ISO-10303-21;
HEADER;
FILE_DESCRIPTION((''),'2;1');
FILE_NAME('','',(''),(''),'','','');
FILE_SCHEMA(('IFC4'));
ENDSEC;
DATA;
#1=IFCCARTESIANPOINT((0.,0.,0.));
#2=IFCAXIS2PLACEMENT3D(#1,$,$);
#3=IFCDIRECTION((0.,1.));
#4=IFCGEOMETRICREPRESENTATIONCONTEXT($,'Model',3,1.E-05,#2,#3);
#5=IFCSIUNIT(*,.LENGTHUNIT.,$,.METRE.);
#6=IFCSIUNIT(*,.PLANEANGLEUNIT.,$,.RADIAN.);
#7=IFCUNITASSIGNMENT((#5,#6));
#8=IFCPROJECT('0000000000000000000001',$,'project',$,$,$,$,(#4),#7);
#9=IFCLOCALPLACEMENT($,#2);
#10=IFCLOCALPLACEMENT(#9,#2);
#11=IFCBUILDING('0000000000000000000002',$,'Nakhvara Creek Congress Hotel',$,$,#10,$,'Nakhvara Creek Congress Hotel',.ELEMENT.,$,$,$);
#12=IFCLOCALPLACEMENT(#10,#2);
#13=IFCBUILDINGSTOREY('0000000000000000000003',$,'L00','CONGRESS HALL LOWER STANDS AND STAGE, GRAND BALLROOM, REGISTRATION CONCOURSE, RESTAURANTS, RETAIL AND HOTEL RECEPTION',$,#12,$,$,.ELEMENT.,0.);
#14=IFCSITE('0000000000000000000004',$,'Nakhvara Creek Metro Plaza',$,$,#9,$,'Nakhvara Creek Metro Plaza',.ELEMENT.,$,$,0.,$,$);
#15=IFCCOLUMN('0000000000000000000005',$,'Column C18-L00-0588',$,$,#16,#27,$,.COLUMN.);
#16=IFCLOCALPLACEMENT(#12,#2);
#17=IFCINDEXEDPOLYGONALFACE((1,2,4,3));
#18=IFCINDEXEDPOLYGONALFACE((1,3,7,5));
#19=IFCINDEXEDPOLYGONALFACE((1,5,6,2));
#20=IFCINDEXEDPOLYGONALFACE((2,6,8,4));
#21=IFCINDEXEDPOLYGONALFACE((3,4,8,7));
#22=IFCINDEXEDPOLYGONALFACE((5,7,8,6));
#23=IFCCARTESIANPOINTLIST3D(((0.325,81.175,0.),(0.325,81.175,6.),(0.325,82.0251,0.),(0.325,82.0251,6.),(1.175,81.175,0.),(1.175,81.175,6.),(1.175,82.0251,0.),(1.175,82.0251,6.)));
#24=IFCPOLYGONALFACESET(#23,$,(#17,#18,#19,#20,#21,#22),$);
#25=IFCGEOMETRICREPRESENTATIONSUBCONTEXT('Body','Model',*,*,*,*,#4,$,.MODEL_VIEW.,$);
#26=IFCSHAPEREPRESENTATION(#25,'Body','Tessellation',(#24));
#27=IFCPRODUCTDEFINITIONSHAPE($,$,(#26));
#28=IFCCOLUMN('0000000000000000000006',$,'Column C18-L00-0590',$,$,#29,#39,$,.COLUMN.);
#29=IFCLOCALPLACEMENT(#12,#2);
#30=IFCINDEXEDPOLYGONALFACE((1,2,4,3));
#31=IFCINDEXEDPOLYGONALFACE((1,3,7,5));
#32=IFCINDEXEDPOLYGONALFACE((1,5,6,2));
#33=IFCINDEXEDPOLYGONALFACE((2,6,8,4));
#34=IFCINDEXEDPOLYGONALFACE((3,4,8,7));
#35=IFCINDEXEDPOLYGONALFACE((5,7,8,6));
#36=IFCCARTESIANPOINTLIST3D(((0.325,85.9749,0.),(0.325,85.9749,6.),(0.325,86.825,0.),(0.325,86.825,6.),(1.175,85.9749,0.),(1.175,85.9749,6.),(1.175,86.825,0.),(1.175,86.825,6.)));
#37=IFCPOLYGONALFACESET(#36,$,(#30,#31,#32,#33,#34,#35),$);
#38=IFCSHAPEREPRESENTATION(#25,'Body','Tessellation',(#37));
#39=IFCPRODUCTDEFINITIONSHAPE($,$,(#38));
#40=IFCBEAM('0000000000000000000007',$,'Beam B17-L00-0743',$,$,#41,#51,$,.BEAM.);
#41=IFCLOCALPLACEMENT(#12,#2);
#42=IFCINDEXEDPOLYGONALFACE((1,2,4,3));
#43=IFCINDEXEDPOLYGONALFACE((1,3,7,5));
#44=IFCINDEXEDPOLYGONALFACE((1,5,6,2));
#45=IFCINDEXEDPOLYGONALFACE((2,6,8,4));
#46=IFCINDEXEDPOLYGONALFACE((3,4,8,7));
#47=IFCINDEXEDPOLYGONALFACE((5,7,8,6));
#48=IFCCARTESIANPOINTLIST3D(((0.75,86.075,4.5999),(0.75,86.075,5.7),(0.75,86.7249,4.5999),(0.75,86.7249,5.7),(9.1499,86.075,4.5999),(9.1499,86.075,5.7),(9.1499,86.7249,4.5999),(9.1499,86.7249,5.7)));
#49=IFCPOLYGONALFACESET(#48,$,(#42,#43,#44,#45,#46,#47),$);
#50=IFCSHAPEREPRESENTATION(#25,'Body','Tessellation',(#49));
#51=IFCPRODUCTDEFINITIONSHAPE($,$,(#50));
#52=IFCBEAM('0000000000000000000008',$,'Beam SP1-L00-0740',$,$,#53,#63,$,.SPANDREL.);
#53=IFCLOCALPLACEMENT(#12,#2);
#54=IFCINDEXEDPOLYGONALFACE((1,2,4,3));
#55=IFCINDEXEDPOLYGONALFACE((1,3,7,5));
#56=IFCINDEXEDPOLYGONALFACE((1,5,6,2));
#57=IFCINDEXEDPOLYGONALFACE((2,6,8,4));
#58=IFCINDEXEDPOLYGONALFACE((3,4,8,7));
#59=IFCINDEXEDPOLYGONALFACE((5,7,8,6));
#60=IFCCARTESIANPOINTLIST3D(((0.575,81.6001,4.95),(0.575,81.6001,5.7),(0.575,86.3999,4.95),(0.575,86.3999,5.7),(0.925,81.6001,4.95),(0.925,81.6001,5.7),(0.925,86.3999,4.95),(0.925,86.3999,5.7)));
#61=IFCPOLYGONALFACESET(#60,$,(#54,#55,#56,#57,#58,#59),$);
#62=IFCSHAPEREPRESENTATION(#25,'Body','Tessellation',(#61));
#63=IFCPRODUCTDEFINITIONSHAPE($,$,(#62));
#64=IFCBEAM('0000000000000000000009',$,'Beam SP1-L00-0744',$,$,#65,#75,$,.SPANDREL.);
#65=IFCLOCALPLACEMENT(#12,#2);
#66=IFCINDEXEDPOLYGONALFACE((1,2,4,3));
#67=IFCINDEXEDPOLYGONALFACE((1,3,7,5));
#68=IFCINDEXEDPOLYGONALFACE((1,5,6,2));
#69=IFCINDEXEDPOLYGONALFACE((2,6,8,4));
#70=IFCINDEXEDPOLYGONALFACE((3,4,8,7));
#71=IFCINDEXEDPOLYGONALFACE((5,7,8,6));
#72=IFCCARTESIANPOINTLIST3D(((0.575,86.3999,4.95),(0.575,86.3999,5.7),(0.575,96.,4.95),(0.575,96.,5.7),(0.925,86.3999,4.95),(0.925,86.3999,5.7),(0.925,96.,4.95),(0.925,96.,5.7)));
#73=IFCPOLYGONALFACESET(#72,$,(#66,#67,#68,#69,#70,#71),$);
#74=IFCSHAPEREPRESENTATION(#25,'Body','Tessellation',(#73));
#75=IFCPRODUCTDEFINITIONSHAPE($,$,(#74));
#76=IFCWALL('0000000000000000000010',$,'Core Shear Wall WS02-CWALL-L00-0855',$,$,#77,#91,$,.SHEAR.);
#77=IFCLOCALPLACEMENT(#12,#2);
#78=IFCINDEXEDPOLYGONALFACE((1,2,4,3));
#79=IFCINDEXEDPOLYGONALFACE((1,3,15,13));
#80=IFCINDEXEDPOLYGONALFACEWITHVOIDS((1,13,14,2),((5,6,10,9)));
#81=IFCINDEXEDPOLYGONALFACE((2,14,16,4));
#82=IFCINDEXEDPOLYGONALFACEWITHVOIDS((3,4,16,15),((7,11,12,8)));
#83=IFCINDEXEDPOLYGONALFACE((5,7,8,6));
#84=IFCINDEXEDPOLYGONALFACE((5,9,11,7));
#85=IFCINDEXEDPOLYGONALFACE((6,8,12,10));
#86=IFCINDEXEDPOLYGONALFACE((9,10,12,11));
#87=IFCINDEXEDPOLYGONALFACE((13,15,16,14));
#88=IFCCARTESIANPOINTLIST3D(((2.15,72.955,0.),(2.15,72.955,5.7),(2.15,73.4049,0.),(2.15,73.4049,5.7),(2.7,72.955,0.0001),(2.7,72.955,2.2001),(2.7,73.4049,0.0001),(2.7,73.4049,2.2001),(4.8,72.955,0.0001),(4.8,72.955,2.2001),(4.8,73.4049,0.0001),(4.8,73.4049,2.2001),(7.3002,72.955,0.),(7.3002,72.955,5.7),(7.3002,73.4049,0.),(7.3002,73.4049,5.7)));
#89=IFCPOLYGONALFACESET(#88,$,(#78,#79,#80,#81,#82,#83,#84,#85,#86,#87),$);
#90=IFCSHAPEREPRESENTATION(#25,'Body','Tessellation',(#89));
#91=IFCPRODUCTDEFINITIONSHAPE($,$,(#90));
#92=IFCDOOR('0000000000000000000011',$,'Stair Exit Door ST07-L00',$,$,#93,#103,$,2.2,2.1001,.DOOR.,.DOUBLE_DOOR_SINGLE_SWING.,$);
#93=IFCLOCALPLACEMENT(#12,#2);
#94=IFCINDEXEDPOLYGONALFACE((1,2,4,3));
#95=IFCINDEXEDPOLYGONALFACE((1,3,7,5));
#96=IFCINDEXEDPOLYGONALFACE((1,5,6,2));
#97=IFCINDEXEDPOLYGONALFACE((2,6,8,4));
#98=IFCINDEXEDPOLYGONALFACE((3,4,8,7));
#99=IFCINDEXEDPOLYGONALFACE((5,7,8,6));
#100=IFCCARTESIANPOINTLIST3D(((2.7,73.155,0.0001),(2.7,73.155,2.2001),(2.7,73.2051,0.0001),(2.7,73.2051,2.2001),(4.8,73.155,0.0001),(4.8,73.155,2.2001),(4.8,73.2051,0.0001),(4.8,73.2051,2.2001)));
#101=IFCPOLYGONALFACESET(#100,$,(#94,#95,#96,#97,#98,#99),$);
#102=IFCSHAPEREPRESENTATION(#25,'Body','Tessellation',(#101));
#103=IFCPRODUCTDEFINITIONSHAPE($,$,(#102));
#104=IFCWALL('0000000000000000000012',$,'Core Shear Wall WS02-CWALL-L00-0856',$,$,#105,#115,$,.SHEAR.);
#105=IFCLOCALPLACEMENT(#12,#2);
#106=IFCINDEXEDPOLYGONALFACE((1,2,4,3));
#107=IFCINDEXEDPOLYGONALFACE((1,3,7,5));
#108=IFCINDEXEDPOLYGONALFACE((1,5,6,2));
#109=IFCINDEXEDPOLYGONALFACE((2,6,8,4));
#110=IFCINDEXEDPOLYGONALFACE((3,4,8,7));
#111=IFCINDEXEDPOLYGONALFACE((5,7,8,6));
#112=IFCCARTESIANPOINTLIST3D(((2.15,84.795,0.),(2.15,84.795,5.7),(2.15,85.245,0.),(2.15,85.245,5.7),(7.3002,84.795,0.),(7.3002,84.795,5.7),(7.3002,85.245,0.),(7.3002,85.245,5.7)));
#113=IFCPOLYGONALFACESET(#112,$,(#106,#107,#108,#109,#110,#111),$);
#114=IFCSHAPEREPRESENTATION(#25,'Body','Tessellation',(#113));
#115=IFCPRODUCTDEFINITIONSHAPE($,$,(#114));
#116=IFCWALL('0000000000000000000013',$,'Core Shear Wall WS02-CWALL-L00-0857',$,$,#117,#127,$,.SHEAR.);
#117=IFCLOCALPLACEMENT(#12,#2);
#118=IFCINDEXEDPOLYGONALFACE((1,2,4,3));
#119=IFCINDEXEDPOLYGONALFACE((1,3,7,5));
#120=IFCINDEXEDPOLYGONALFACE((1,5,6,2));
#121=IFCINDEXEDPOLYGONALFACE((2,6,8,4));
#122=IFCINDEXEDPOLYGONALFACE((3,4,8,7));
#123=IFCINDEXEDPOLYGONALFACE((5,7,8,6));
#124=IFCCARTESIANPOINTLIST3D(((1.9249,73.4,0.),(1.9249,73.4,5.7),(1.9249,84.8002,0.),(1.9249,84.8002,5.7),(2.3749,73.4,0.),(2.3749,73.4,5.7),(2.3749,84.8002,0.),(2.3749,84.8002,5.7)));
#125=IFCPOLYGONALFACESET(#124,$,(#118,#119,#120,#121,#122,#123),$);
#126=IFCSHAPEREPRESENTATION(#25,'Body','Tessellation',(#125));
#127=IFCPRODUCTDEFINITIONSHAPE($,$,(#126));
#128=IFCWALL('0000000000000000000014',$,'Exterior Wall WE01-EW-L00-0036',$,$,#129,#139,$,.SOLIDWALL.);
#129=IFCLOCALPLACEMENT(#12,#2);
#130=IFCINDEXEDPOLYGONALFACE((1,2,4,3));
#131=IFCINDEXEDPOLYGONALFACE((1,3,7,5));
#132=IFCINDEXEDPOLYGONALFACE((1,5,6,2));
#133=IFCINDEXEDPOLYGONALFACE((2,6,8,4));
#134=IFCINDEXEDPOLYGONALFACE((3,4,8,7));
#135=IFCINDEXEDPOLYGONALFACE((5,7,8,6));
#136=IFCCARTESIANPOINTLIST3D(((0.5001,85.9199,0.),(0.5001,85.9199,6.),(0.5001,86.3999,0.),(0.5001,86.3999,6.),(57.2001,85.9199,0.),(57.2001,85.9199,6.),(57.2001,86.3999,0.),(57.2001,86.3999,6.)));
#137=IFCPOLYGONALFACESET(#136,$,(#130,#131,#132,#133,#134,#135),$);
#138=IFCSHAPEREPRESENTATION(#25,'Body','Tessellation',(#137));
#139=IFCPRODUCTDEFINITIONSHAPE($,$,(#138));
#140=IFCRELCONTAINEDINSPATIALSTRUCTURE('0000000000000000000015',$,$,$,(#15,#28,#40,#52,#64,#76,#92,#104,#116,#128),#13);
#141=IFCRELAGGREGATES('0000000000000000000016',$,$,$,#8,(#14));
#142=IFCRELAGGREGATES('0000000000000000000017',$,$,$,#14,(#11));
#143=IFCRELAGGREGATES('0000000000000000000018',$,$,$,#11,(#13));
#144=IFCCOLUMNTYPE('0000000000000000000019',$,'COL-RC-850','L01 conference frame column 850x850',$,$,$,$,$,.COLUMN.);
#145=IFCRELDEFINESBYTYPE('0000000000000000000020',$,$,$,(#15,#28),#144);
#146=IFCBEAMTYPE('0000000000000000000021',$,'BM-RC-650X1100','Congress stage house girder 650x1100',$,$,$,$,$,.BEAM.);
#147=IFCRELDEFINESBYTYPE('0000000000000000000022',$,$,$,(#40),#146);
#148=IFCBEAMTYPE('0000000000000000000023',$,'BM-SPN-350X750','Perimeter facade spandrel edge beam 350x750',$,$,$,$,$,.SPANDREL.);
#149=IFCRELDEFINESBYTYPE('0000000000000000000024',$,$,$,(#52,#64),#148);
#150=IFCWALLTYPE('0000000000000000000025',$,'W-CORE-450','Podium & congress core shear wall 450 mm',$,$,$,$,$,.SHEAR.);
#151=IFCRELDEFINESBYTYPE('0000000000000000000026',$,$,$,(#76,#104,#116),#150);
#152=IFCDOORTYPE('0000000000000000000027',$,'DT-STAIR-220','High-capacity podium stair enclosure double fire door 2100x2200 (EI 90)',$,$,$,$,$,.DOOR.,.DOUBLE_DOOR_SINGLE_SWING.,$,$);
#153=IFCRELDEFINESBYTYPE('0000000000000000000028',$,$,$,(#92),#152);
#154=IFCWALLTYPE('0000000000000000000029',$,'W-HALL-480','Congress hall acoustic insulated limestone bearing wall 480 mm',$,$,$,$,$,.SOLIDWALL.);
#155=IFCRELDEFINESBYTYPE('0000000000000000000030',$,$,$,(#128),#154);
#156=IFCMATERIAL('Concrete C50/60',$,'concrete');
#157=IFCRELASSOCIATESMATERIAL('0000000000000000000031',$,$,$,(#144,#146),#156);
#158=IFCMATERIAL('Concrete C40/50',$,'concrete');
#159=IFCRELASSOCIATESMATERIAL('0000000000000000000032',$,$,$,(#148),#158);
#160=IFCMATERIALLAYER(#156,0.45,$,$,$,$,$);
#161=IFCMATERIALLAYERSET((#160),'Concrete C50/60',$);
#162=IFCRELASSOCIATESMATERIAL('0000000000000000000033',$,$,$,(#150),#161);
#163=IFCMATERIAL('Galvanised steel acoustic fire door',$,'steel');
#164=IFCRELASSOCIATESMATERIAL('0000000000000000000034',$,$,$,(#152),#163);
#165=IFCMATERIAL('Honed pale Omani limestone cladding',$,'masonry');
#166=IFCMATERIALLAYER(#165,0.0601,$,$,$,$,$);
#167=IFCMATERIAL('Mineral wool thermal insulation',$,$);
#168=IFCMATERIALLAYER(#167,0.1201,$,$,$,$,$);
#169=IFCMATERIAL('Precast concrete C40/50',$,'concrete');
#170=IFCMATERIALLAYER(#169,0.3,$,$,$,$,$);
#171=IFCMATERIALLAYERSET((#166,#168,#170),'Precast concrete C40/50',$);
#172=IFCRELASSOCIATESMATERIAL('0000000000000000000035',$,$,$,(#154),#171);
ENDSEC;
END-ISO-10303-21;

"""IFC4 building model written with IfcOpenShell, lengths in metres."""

from ifc_helpers import new_model, si_unit, direction, frame, frame_2d, origin, origin_2d, place, context, subcontext, project, spatial, rectangle, extrude, material, layer, layer_set, material_profile, profile_set, type_object, element, fill, save


model = new_model("IFC4")

# Units and contexts
model_context = context("Model", 3, precision=1e-05, world=origin(), true_north=direction((0.0, 1.0)))
body_context = subcontext(model_context, "Body", "Model", "MODEL_VIEW")
ifc_project = project(units=[si_unit("LENGTHUNIT", "METRE"), si_unit("PLANEANGLEUNIT", "RADIAN")], contexts=[model_context])

# Site, building, storey
site_placement = place(None, origin())
site = spatial("IfcSite", under=ifc_project, at=site_placement, Name="Nakhvara Creek Metro Plaza", LongName="Nakhvara Creek Metro Plaza", CompositionType="ELEMENT", RefElevation=0.0)
building_placement = place(site_placement, origin())
building = spatial("IfcBuilding", under=site, at=building_placement, Name="Nakhvara Creek Congress Hotel", LongName="Nakhvara Creek Congress Hotel", CompositionType="ELEMENT")
storey_placement = place(building_placement, origin())
storey = spatial("IfcBuildingStorey", under=building, at=storey_placement, Name="L00", Description="CONGRESS HALL LOWER STANDS AND STAGE, GRAND BALLROOM, REGISTRATION CONCOURSE, RESTAURANTS, RETAIL AND HOTEL RECEPTION", CompositionType="ELEMENT", Elevation=0.0)

# Columns
ifc_material_1 = material(Name="Concrete C50/60", Category="concrete")
ifc_material_profile_1 = material_profile(ifc_material_1, rectangle(XDim=0.8501, YDim=0.8501, at=origin_2d()), Name="RC-COL 850x850", Category="LoadBearing")
ifc_profile_set_1 = profile_set([ifc_material_profile_1], Name="Concrete C50/60")
column_type = type_object("IfcColumnType", Name="COL-RC-850", Description="L01 conference frame column 850x850", PredefinedType="COLUMN", material=ifc_profile_set_1)
for number, where, z_axis, x_axis, name in (
    (1, (0.75, 81.6001, 0.0), (0.0, 0.0, 1.0), (1.0, 0.0, 0.0), "Column C18-L00-0588"),
    (2, (0.75, 86.3999, 0.0), (0.0, 0.0, 1.0), (1.0, 0.0, 0.0), "Column C18-L00-0590"),
):
    element("IfcColumn", number, at=place(storey_placement, frame(where, z_axis=z_axis, x_axis=x_axis)), inside=storey, type_object=column_type, Name=name, PredefinedType="COLUMN", context=body_context, shape_type="SweptSolid", body=[
        extrude(rectangle(XDim=0.8501, YDim=0.8501, at=origin_2d()), origin(), (0.0, 0.0, 1.0), 6.0),
    ])

# Beams
ifc_material_profile_2 = material_profile(ifc_material_1, rectangle(XDim=0.6499, YDim=1.1001, at=origin_2d()), Name="RC-BM 650x1100", Category="LoadBearing")
ifc_profile_set_2 = profile_set([ifc_material_profile_2], Name="Concrete C50/60")
beam_type_1 = type_object("IfcBeamType", Name="BM-RC-650X1100", Description="Congress stage house girder 650x1100", PredefinedType="BEAM", material=ifc_profile_set_2)
beam_1_placement = place(storey_placement, frame((0.75, 86.3999, 5.1499), z_axis=(1.0, 0.0, 0.0), x_axis=(0.0, 1.0, 0.0)))
element("IfcBeam", 3, at=beam_1_placement, inside=storey, type_object=beam_type_1, Name="Beam B17-L00-0743", PredefinedType="BEAM", context=body_context, shape_type="SweptSolid", body=[
    extrude(rectangle(XDim=0.6499, YDim=1.1001, at=origin_2d()), origin(), (0.0, 0.0, 1.0), 8.3999),
])
ifc_material_2 = material(Name="Concrete C40/50", Category="concrete")
ifc_material_profile_3 = material_profile(ifc_material_2, rectangle(XDim=0.3501, YDim=0.75, at=origin_2d()), Name="RC-SPANDREL 350x750", Category="LoadBearing")
ifc_profile_set_3 = profile_set([ifc_material_profile_3], Name="Concrete C40/50")
beam_type_2 = type_object("IfcBeamType", Name="BM-SPN-350X750", Description="Perimeter facade spandrel edge beam 350x750", PredefinedType="SPANDREL", material=ifc_profile_set_3)
beam_2_placement = place(storey_placement, frame((0.75, 81.6001, 5.325), z_axis=(0.0, 1.0, 0.0), x_axis=(-1.0, 0.0, 0.0)))
element("IfcBeam", 4, at=beam_2_placement, inside=storey, type_object=beam_type_2, Name="Beam SP1-L00-0740", PredefinedType="SPANDREL", context=body_context, shape_type="SweptSolid", body=[
    extrude(rectangle(XDim=0.3501, YDim=0.75, at=origin_2d()), origin(), (0.0, 0.0, 1.0), 4.7998),
])
beam_3_placement = place(storey_placement, frame((0.75, 86.3999, 5.325), z_axis=(0.0, 1.0, 0.0), x_axis=(-1.0, 0.0, 0.0)))
element("IfcBeam", 5, at=beam_3_placement, inside=storey, type_object=beam_type_2, Name="Beam SP1-L00-0744", PredefinedType="SPANDREL", context=body_context, shape_type="SweptSolid", body=[
    extrude(rectangle(XDim=0.3501, YDim=0.75, at=origin_2d()), origin(), (0.0, 0.0, 1.0), 9.6001),
])

# Wall, opening, door
ifc_layer_1 = layer(ifc_material_1, 0.45)
ifc_layer_set_1 = layer_set([ifc_layer_1], Name="Concrete C50/60")
wall_type_1 = type_object("IfcWallType", Name="W-CORE-450", Description="Podium & congress core shear wall 450 mm", PredefinedType="SHEAR", material=ifc_layer_set_1)
wall_1_placement = place(storey_placement, frame((2.1499, 73.1799, 0.0), z_axis=(0.0, 0.0, 1.0), x_axis=(1.0, 0.0, 0.0)))
wall_1 = element("IfcWall", 6, at=wall_1_placement, inside=storey, type_object=wall_type_1, Name="Core Shear Wall WS02-CWALL-L00-0855", PredefinedType="SHEAR", context=body_context, shape_type="SweptSolid", body=[
    extrude(rectangle(XDim=5.1501, YDim=0.45, at=frame_2d((2.5752, 0.0))), origin(), (0.0, 0.0, 1.0), 5.7),
])
opening_1_placement = place(wall_1_placement, frame((0.55, 0.0, 0.0)))
opening_1 = element("IfcOpeningElement", 7, at=opening_1_placement, cuts=wall_1, PredefinedType="OPENING", context=body_context, shape_type="SweptSolid", body=[
    extrude(rectangle(XDim=2.1001, YDim=2.2, at=frame_2d((1.05, 1.1001))), frame((0.0, 0.2368, 0.0), z_axis=(0.0, -1.0, 0.0), x_axis=(1.0, 0.0, 0.0)), (0.0, 0.0, 1.0), 0.4739),
])
ifc_material_3 = material(Name="Galvanised steel acoustic fire door", Category="steel")
door_type_1 = type_object("IfcDoorType", Name="DT-STAIR-220", Description="High-capacity podium stair enclosure double fire door 2100x2200 (EI 90)", OperationType="DOUBLE_DOOR_SINGLE_SWING", PredefinedType="DOOR", material=ifc_material_3)
door_1_placement = place(opening_1_placement, frame((2.1001, 0.0, 0.0), z_axis=(0.0, 0.0, 1.0), x_axis=(-1.0, 0.0, 0.0)))
door_1 = element("IfcDoor", 8, at=door_1_placement, inside=storey, type_object=door_type_1, Name="Stair Exit Door ST07-L00", OperationType="DOUBLE_DOOR_SINGLE_SWING", OverallHeight=2.2, OverallWidth=2.1001, PredefinedType="DOOR", context=body_context, shape_type="SweptSolid", body=[
    extrude(rectangle(XDim=2.1001, YDim=2.2, at=frame_2d((1.05, 1.1001))), frame((0.0, 0.0249, 0.0), z_axis=(0.0, -1.0, 0.0), x_axis=(1.0, 0.0, 0.0)), (0.0, 0.0, 1.0), 0.05),
])
fill(opening_1, door_1)

# Walls
wall_2_placement = place(storey_placement, frame((2.1499, 85.02, 0.0), z_axis=(0.0, 0.0, 1.0), x_axis=(1.0, 0.0, 0.0)))
element("IfcWall", 9, at=wall_2_placement, inside=storey, type_object=wall_type_1, Name="Core Shear Wall WS02-CWALL-L00-0856", PredefinedType="SHEAR", context=body_context, shape_type="SweptSolid", body=[
    extrude(rectangle(XDim=5.1501, YDim=0.45, at=frame_2d((2.5752, 0.0))), origin(), (0.0, 0.0, 1.0), 5.7),
])
wall_3_placement = place(storey_placement, frame((2.1499, 73.3999, 0.0), z_axis=(0.0, 0.0, 1.0), x_axis=(0.0, 1.0, 0.0)))
element("IfcWall", 10, at=wall_3_placement, inside=storey, type_object=wall_type_1, Name="Core Shear Wall WS02-CWALL-L00-0857", PredefinedType="SHEAR", context=body_context, shape_type="SweptSolid", body=[
    extrude(rectangle(XDim=11.4001, YDim=0.45, at=frame_2d((5.7002, 0.0))), origin(), (0.0, 0.0, 1.0), 5.7),
])
ifc_material_4 = material(Name="Honed pale Omani limestone cladding", Category="masonry")
ifc_layer_2 = layer(ifc_material_4, 0.0601)
ifc_material_5 = material(Name="Mineral wool thermal insulation")
ifc_layer_3 = layer(ifc_material_5, 0.1201)
ifc_material_6 = material(Name="Precast concrete C40/50", Category="concrete")
ifc_layer_4 = layer(ifc_material_6, 0.3)
ifc_layer_set_2 = layer_set([ifc_layer_2, ifc_layer_3, ifc_layer_4], Name="Precast concrete C40/50")
wall_type_2 = type_object("IfcWallType", Name="W-HALL-480", Description="Congress hall acoustic insulated limestone bearing wall 480 mm", PredefinedType="SOLIDWALL", material=ifc_layer_set_2)
wall_4_placement = place(storey_placement, frame((0.5, 86.1599, 0.0), z_axis=(0.0, 0.0, 1.0), x_axis=(1.0, 0.0, 0.0)))
element("IfcWall", 11, at=wall_4_placement, inside=storey, type_object=wall_type_2, Name="Exterior Wall WE01-EW-L00-0036", PredefinedType="SOLIDWALL", context=body_context, shape_type="SweptSolid", body=[
    extrude(rectangle(XDim=56.7, YDim=0.48, at=frame_2d((28.3501, 0.0))), origin(), (0.0, 0.0, 1.0), 6.0),
])

save(model, "model.ifc")
